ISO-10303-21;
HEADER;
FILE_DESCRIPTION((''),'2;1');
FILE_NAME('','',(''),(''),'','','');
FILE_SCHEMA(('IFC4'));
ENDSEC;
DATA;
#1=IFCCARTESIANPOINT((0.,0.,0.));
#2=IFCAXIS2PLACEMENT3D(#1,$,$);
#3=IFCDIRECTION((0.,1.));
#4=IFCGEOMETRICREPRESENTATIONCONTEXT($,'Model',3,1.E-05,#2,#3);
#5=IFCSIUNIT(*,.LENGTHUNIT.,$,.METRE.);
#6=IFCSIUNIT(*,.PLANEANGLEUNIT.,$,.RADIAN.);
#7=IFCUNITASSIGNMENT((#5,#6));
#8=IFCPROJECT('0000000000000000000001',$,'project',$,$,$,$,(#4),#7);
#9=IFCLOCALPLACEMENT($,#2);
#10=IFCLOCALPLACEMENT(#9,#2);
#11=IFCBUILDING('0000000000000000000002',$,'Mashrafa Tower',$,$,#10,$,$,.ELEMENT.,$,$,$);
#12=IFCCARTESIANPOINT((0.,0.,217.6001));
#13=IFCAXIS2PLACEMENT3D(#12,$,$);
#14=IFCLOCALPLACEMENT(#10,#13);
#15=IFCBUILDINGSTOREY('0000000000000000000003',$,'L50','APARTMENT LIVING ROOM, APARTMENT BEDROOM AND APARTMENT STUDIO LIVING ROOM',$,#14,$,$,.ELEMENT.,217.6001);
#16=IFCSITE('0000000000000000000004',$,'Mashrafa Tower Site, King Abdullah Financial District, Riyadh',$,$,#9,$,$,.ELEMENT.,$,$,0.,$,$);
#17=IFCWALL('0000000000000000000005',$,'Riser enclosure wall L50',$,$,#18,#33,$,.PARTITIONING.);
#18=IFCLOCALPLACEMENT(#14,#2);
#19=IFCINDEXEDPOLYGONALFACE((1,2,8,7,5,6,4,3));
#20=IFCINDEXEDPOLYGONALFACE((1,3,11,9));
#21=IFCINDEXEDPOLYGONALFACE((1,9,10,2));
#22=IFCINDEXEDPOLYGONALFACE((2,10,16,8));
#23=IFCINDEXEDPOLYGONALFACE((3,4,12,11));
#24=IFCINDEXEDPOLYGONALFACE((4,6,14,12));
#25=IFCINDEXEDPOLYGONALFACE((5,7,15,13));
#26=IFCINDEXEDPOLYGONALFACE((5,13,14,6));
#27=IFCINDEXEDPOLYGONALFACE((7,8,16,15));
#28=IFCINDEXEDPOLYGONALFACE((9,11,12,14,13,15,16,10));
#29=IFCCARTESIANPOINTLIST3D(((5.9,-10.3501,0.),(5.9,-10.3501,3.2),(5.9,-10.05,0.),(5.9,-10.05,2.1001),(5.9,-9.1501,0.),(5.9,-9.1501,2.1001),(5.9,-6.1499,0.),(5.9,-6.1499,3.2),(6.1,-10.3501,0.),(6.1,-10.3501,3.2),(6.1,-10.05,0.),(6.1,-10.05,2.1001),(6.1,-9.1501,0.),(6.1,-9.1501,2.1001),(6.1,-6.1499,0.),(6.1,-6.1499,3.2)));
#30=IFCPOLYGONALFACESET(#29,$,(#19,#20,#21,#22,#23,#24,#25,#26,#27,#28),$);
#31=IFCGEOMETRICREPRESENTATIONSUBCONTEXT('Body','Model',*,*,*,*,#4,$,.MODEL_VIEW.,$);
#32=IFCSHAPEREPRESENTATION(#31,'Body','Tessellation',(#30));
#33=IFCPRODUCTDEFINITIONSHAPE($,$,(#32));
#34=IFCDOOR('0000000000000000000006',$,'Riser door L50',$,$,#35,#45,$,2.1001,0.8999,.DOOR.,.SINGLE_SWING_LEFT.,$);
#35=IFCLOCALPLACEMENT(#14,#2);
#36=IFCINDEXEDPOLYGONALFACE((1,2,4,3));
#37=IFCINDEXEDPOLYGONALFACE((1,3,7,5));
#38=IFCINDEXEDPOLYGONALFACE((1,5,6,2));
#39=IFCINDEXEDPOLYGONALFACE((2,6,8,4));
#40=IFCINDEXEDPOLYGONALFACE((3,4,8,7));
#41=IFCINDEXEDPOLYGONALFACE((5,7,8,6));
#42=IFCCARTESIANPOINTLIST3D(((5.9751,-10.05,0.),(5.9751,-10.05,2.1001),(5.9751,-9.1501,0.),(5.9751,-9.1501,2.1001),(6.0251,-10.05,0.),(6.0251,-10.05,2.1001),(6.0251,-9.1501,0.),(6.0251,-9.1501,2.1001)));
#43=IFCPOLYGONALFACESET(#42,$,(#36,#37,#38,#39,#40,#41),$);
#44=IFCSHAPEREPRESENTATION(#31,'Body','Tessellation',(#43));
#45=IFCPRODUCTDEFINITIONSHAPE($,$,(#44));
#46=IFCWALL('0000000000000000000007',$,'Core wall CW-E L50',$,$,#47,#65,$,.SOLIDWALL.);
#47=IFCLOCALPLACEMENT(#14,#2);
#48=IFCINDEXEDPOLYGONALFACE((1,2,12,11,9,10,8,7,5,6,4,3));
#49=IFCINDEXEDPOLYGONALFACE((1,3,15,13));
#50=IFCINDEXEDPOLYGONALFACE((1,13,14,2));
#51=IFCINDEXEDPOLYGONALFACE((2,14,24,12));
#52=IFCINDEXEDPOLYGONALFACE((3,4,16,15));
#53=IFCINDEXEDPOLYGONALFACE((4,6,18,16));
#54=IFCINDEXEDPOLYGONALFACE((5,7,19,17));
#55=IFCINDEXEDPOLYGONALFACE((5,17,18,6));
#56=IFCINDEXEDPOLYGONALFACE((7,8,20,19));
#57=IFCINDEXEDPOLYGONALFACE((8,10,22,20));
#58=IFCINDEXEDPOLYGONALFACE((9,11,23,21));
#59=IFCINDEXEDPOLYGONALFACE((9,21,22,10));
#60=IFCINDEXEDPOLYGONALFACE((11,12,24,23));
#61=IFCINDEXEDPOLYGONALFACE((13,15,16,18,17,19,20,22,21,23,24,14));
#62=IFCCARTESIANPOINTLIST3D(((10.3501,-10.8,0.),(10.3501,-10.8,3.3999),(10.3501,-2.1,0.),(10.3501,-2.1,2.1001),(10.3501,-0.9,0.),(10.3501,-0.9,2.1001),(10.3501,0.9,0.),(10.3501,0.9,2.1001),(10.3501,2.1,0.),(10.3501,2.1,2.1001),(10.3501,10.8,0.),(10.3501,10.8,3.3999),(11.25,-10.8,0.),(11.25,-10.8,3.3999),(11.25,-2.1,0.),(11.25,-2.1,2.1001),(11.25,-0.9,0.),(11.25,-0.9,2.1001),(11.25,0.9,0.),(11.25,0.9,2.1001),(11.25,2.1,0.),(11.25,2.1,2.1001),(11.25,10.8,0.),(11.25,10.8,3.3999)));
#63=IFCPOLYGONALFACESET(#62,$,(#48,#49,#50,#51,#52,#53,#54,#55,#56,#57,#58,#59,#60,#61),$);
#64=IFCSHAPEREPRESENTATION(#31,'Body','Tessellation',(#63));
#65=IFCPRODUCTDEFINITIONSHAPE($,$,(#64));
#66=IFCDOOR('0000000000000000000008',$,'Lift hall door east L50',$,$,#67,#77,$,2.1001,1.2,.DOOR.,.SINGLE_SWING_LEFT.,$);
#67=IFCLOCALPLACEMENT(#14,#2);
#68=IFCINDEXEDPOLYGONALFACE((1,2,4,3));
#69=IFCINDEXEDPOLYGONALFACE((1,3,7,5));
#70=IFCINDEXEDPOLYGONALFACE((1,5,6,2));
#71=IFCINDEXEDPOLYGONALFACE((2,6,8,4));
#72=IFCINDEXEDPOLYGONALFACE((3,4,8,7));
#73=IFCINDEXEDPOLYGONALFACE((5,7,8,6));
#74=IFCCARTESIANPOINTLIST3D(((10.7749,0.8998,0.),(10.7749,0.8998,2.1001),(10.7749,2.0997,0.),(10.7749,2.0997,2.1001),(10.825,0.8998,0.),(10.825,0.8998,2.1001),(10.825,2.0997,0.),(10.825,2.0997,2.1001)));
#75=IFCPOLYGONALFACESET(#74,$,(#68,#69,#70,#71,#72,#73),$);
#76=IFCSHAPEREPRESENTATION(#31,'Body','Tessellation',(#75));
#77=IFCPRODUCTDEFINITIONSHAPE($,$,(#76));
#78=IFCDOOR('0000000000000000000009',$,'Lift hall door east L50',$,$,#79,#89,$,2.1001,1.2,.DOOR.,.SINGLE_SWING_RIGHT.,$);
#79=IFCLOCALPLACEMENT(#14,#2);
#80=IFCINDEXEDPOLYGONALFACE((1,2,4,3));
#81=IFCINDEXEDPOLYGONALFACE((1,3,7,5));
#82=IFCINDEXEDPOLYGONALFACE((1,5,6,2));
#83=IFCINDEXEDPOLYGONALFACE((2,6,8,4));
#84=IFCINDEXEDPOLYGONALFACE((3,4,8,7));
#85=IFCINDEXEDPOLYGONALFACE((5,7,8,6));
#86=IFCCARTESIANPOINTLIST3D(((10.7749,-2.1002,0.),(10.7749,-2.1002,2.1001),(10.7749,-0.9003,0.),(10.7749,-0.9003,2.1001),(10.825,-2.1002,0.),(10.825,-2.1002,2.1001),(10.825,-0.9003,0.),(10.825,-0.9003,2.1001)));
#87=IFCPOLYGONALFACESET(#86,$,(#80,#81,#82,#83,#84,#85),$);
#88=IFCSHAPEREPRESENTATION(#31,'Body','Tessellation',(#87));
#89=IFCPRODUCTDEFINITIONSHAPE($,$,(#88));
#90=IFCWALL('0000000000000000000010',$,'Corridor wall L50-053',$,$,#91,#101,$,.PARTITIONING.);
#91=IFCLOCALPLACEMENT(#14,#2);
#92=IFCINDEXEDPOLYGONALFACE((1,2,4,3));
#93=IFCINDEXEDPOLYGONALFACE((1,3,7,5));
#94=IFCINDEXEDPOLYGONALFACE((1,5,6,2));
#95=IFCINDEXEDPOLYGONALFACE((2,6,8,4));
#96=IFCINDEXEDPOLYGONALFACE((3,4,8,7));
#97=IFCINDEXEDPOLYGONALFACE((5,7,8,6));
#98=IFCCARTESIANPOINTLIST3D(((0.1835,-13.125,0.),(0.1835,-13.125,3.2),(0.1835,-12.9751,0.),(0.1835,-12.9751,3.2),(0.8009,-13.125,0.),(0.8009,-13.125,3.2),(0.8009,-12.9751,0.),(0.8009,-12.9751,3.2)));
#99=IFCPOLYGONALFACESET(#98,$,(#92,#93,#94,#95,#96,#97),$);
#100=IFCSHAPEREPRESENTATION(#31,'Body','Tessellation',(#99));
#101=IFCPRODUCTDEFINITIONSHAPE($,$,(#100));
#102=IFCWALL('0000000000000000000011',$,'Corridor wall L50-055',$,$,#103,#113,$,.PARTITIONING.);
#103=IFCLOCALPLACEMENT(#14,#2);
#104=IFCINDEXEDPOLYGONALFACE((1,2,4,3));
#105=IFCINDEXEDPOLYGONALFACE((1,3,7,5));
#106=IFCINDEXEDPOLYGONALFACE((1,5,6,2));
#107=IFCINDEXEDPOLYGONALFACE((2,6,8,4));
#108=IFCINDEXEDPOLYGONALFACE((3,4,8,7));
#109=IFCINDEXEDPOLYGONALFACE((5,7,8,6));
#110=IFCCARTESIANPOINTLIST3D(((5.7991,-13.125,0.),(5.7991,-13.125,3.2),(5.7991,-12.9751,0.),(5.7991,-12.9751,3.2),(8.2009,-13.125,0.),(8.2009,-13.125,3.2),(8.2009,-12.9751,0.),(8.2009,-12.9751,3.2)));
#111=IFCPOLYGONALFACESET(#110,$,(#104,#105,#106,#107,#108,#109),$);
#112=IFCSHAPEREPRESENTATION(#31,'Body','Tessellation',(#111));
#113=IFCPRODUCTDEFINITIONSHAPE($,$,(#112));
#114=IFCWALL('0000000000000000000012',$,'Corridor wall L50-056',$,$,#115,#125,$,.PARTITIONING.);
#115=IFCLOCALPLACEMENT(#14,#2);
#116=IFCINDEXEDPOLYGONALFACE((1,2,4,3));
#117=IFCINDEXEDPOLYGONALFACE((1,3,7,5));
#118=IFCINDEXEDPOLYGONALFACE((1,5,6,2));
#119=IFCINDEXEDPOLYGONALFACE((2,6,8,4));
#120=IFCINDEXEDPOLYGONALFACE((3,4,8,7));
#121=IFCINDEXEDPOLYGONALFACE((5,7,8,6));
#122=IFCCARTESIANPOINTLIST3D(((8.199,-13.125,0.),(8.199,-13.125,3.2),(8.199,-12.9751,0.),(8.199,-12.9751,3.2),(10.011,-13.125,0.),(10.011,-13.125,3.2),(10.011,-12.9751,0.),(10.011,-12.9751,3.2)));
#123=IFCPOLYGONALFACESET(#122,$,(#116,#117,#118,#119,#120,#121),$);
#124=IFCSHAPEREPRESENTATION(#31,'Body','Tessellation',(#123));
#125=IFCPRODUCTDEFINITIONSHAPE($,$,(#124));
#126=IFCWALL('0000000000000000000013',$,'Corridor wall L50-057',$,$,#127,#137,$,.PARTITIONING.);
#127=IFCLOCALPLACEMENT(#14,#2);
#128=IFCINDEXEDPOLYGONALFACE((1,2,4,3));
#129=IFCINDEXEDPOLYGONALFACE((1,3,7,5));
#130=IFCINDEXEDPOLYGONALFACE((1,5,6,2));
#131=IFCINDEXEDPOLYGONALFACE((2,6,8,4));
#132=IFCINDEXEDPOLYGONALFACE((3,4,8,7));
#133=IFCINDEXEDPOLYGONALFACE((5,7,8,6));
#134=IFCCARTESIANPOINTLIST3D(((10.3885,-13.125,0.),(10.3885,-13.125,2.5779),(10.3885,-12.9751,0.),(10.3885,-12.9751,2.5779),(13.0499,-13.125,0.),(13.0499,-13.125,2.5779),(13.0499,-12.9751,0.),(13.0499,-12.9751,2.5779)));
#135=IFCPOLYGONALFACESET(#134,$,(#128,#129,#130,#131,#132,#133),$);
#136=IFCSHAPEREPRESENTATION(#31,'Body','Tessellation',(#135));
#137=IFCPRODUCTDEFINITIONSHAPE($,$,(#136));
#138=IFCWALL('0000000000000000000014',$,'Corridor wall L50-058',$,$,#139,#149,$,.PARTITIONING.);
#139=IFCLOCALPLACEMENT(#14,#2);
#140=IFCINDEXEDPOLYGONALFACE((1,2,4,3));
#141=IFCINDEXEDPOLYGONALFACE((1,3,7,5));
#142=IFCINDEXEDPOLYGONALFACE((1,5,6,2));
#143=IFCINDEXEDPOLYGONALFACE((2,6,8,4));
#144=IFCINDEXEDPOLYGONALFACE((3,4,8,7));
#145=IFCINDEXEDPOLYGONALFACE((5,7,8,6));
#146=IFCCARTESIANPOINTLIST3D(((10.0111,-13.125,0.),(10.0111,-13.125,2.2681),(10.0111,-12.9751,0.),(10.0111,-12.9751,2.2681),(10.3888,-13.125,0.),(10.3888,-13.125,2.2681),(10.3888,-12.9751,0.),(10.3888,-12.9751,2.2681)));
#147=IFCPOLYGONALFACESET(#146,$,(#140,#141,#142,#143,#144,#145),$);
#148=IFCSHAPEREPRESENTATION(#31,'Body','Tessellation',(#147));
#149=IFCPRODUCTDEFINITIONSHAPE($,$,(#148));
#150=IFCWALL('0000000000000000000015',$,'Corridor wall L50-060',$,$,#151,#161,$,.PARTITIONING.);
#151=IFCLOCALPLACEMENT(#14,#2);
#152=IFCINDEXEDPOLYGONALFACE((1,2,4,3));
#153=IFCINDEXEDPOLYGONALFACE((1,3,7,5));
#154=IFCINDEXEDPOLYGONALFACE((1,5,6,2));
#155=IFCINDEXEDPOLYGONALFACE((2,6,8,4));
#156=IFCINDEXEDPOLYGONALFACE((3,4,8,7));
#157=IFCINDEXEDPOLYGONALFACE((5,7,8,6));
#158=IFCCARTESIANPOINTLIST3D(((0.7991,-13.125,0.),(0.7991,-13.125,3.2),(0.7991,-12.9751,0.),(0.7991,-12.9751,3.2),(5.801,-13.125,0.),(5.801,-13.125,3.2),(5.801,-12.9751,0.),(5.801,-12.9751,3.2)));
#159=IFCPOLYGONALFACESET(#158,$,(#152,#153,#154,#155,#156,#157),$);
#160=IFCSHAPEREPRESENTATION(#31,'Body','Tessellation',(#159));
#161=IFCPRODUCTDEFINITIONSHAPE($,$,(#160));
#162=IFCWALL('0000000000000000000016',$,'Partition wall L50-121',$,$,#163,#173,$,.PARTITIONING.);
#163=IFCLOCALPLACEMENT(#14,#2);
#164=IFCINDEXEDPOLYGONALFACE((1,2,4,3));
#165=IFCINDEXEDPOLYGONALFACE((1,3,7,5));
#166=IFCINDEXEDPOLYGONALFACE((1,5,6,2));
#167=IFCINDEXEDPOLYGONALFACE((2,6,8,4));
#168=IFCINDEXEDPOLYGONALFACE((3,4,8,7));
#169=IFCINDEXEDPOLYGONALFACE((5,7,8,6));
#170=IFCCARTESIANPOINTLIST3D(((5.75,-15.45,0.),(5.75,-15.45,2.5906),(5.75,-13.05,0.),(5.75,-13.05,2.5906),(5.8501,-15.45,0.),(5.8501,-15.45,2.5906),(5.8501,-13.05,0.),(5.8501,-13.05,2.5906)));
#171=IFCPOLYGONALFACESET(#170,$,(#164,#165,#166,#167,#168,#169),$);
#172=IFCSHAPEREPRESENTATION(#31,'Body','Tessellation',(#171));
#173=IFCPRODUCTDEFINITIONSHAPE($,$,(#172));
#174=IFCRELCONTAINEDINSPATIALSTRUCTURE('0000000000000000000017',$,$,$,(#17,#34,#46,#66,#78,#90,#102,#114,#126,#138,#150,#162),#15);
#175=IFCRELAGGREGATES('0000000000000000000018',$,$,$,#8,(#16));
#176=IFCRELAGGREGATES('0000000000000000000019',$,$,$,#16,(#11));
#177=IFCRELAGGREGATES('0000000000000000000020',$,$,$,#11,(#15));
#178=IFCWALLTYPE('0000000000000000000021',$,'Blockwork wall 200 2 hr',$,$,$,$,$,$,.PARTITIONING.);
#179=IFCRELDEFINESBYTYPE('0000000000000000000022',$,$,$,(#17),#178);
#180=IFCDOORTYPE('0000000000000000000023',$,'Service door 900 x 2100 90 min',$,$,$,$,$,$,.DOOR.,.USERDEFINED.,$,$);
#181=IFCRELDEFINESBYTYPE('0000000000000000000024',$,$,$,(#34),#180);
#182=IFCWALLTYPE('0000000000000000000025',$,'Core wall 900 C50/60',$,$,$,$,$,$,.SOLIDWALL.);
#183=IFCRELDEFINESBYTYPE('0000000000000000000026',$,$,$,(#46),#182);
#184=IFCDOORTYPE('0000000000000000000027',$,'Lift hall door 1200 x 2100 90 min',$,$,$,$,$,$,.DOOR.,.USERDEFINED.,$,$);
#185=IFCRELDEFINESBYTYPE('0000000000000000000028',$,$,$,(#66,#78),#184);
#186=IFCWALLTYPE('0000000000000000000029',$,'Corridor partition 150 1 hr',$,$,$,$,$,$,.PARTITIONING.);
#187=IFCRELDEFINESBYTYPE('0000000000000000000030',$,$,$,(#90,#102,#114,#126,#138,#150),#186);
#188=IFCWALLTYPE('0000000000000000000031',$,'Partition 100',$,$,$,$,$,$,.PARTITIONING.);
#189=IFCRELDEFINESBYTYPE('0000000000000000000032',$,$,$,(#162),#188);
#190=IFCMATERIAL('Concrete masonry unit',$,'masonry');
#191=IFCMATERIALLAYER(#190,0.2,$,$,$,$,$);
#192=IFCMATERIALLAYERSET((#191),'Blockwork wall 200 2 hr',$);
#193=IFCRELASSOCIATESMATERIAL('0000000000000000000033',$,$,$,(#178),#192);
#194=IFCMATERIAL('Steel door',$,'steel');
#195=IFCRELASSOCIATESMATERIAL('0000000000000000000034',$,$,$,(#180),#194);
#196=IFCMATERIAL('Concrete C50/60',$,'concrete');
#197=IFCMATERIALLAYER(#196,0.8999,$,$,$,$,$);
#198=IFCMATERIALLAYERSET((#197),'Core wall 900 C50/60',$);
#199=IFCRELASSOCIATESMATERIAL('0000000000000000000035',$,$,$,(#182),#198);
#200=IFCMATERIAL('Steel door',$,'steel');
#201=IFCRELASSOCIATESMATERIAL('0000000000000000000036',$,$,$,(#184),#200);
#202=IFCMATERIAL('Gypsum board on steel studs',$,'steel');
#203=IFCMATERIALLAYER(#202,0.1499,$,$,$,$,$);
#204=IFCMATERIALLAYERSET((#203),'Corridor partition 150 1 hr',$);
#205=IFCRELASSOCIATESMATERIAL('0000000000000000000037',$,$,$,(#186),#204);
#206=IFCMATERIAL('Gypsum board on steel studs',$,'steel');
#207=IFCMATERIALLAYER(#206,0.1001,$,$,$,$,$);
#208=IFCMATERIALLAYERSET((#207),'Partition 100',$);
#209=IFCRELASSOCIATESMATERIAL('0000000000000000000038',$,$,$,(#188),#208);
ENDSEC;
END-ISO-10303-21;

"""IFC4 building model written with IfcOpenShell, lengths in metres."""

from ifc_helpers import new_model, si_unit, direction, frame, frame_2d, origin, place, context, subcontext, project, spatial, rectangle, extrude, material, layer, layer_set, type_object, element, fill, save


model = new_model("IFC4")

# Units and contexts
model_context = context("Model", 3, precision=1e-05, world=origin(), true_north=direction((0.0, 1.0)))
body_context = subcontext(model_context, "Body", "Model", "MODEL_VIEW")
ifc_project = project(units=[si_unit("LENGTHUNIT", "METRE"), si_unit("PLANEANGLEUNIT", "RADIAN")], contexts=[model_context])

# Site, building, storey
site_placement = place(None, origin())
site = spatial("IfcSite", under=ifc_project, at=site_placement, Name="Mashrafa Tower Site, King Abdullah Financial District, Riyadh", CompositionType="ELEMENT", RefElevation=0.0)
building_placement = place(site_placement, origin())
building = spatial("IfcBuilding", under=site, at=building_placement, Name="Mashrafa Tower", CompositionType="ELEMENT")
storey_placement = place(building_placement, frame((0.0, 0.0, 217.6001)))
storey = spatial("IfcBuildingStorey", under=building, at=storey_placement, Name="L50", Description="APARTMENT LIVING ROOM, APARTMENT BEDROOM AND APARTMENT STUDIO LIVING ROOM", CompositionType="ELEMENT", Elevation=217.6001)

# Wall, opening, door
ifc_material_1 = material(Name="Concrete masonry unit", Category="masonry")
ifc_layer_1 = layer(ifc_material_1, 0.2)
ifc_layer_set_1 = layer_set([ifc_layer_1], Name="Blockwork wall 200 2 hr")
wall_type_1 = type_object("IfcWallType", Name="Blockwork wall 200 2 hr", PredefinedType="PARTITIONING", material=ifc_layer_set_1)
wall_1_placement = place(storey_placement, frame((6.0, -10.3501, 0.0), z_axis=(0.0, 0.0, 1.0), x_axis=(0.0, 1.0, 0.0)))
wall_1 = element("IfcWall", 1, at=wall_1_placement, inside=storey, type_object=wall_type_1, Name="Riser enclosure wall L50", PredefinedType="PARTITIONING", context=body_context, shape_type="SweptSolid", body=[
    extrude(rectangle(XDim=4.2002, YDim=0.2, at=frame_2d((2.1001, 0.0))), origin(), (0.0, 0.0, 1.0), 3.2),
])
opening_1_placement = place(wall_1_placement, frame((0.3, 0.0, 0.0)))
opening_1 = element("IfcOpeningElement", 2, at=opening_1_placement, cuts=wall_1, PredefinedType="OPENING", context=body_context, shape_type="SweptSolid", body=[
    extrude(rectangle(XDim=0.8999, YDim=2.1001, at=frame_2d((0.45, 1.05))), frame((0.0, 0.1099, 0.0), z_axis=(0.0, -1.0, 0.0), x_axis=(1.0, 0.0, 0.0)), (0.0, 0.0, 1.0), 0.22),
])
ifc_material_2 = material(Name="Steel door", Category="steel")
door_type_1 = type_object("IfcDoorType", Name="Service door 900 x 2100 90 min", OperationType="USERDEFINED", PredefinedType="DOOR", material=ifc_material_2)
door_1_placement = place(opening_1_placement, origin())
door_1 = element("IfcDoor", 3, at=door_1_placement, inside=storey, type_object=door_type_1, Name="Riser door L50", OperationType="SINGLE_SWING_LEFT", OverallHeight=2.1001, OverallWidth=0.8999, PredefinedType="DOOR", context=body_context, shape_type="SweptSolid", body=[
    extrude(rectangle(XDim=0.8999, YDim=2.1001, at=frame_2d((0.45, 1.05))), frame((0.0, 0.0249, 0.0), z_axis=(0.0, -1.0, 0.0), x_axis=(1.0, 0.0, 0.0)), (0.0, 0.0, 1.0), 0.05),
])
fill(opening_1, door_1)

# Wall, openings, doors
ifc_material_3 = material(Name="Concrete C50/60", Category="concrete")
ifc_layer_2 = layer(ifc_material_3, 0.8999)
ifc_layer_set_2 = layer_set([ifc_layer_2], Name="Core wall 900 C50/60")
wall_type_2 = type_object("IfcWallType", Name="Core wall 900 C50/60", PredefinedType="SOLIDWALL", material=ifc_layer_set_2)
wall_2_placement = place(storey_placement, frame((10.8, -10.8, 0.0), z_axis=(0.0, 0.0, 1.0), x_axis=(0.0, 1.0, 0.0)))
wall_2 = element("IfcWall", 4, at=wall_2_placement, inside=storey, type_object=wall_type_2, Name="Core wall CW-E L50", PredefinedType="SOLIDWALL", context=body_context, shape_type="SweptSolid", body=[
    extrude(rectangle(XDim=21.6001, YDim=0.8999, at=frame_2d((10.8, 0.0))), origin(), (0.0, 0.0, 1.0), 3.3999),
])
opening_2_placement = place(wall_2_placement, frame((11.7, 0.0, 0.0)))
opening_2 = element("IfcOpeningElement", 5, at=opening_2_placement, cuts=wall_2, PredefinedType="OPENING", context=body_context, shape_type="SweptSolid", body=[
    extrude(rectangle(XDim=1.2, YDim=2.1001, at=frame_2d((0.6001, 1.05))), frame((0.0, 0.46, 0.0), z_axis=(0.0, -1.0, 0.0), x_axis=(1.0, 0.0, 0.0)), (0.0, 0.0, 1.0), 0.9199),
])
opening_3_placement = place(wall_2_placement, frame((8.7, 0.0, 0.0)))
opening_3 = element("IfcOpeningElement", 6, at=opening_3_placement, cuts=wall_2, PredefinedType="OPENING", context=body_context, shape_type="SweptSolid", body=[
    extrude(rectangle(XDim=1.2, YDim=2.1001, at=frame_2d((0.6001, 1.05))), frame((0.0, 0.46, 0.0), z_axis=(0.0, -1.0, 0.0), x_axis=(1.0, 0.0, 0.0)), (0.0, 0.0, 1.0), 0.9199),
])
ifc_material_4 = material(Name="Steel door", Category="steel")
door_type_2 = type_object("IfcDoorType", Name="Lift hall door 1200 x 2100 90 min", OperationType="USERDEFINED", PredefinedType="DOOR", material=ifc_material_4)
door_2_placement = place(opening_2_placement, frame((1.2, 0.0, 0.0), z_axis=(0.0, 0.0, 1.0), x_axis=(-1.0, 0.0, 0.0)))
door_2 = element("IfcDoor", 7, at=door_2_placement, inside=storey, type_object=door_type_2, Name="Lift hall door east L50", OperationType="SINGLE_SWING_LEFT", OverallHeight=2.1001, OverallWidth=1.2, PredefinedType="DOOR", context=body_context, shape_type="SweptSolid", body=[
    extrude(rectangle(XDim=1.2, YDim=2.1001, at=frame_2d((0.6001, 1.05))), frame((0.0, 0.0249, 0.0), z_axis=(0.0, -1.0, 0.0), x_axis=(1.0, 0.0, 0.0)), (0.0, 0.0, 1.0), 0.05),
])
fill(opening_2, door_2)
door_3_placement = place(opening_3_placement, frame((1.2, 0.0, 0.0), z_axis=(0.0, 0.0, 1.0), x_axis=(-1.0, 0.0, 0.0)))
door_3 = element("IfcDoor", 8, at=door_3_placement, inside=storey, type_object=door_type_2, Name="Lift hall door east L50", OperationType="SINGLE_SWING_RIGHT", OverallHeight=2.1001, OverallWidth=1.2, PredefinedType="DOOR", context=body_context, shape_type="SweptSolid", body=[
    extrude(rectangle(XDim=1.2, YDim=2.1001, at=frame_2d((0.6001, 1.05))), frame((0.0, 0.0249, 0.0), z_axis=(0.0, -1.0, 0.0), x_axis=(1.0, 0.0, 0.0)), (0.0, 0.0, 1.0), 0.05),
])
fill(opening_3, door_3)

# Walls
ifc_material_5 = material(Name="Gypsum board on steel studs", Category="steel")
ifc_layer_3 = layer(ifc_material_5, 0.1499)
ifc_layer_set_3 = layer_set([ifc_layer_3], Name="Corridor partition 150 1 hr")
wall_type_3 = type_object("IfcWallType", Name="Corridor partition 150 1 hr", PredefinedType="PARTITIONING", material=ifc_layer_set_3)
wall_3_placement = place(storey_placement, frame((0.1836, -13.05, 0.0), z_axis=(0.0, 0.0, 1.0), x_axis=(1.0, 0.0, 0.0)))
element("IfcWall", 9, at=wall_3_placement, inside=storey, type_object=wall_type_3, Name="Corridor wall L50-053", PredefinedType="PARTITIONING", context=body_context, shape_type="SweptSolid", body=[
    extrude(rectangle(XDim=0.6174, YDim=0.1499, at=frame_2d((0.3086, 0.0))), origin(), (0.0, 0.0, 1.0), 3.2),
])
wall_4_placement = place(storey_placement, frame((5.7991, -13.05, 0.0), z_axis=(0.0, 0.0, 1.0), x_axis=(1.0, 0.0, 0.0)))
element("IfcWall", 10, at=wall_4_placement, inside=storey, type_object=wall_type_3, Name="Corridor wall L50-055", PredefinedType="PARTITIONING", context=body_context, shape_type="SweptSolid", body=[
    extrude(rectangle(XDim=2.4019, YDim=0.1499, at=frame_2d((1.2009, 0.0))), origin(), (0.0, 0.0, 1.0), 3.2),
])
wall_5_placement = place(storey_placement, frame((8.199, -13.05, 0.0), z_axis=(0.0, 0.0, 1.0), x_axis=(1.0, 0.0, 0.0)))
element("IfcWall", 11, at=wall_5_placement, inside=storey, type_object=wall_type_3, Name="Corridor wall L50-056", PredefinedType="PARTITIONING", context=body_context, shape_type="SweptSolid", body=[
    extrude(rectangle(XDim=1.812, YDim=0.1499, at=frame_2d((0.906, 0.0))), origin(), (0.0, 0.0, 1.0), 3.2),
])
wall_6_placement = place(storey_placement, frame((10.3887, -13.05, 0.0), z_axis=(0.0, 0.0, 1.0), x_axis=(1.0, 0.0, 0.0)))
element("IfcWall", 12, at=wall_6_placement, inside=storey, type_object=wall_type_3, Name="Corridor wall L50-057", PredefinedType="PARTITIONING", context=body_context, shape_type="SweptSolid", body=[
    extrude(rectangle(XDim=2.6614, YDim=0.1499, at=frame_2d((1.3306, 0.0))), origin(), (0.0, 0.0, 1.0), 2.5779),
])
wall_7_placement = place(storey_placement, frame((10.011, -13.05, 0.0), z_axis=(0.0, 0.0, 1.0), x_axis=(1.0, 0.0, 0.0)))
element("IfcWall", 13, at=wall_7_placement, inside=storey, type_object=wall_type_3, Name="Corridor wall L50-058", PredefinedType="PARTITIONING", context=body_context, shape_type="SweptSolid", body=[
    extrude(rectangle(XDim=0.3777, YDim=0.1499, at=frame_2d((0.189, 0.0))), origin(), (0.0, 0.0, 1.0), 2.2681),
])
wall_8_placement = place(storey_placement, frame((0.7991, -13.05, 0.0), z_axis=(0.0, 0.0, 1.0), x_axis=(1.0, 0.0, 0.0)))
element("IfcWall", 14, at=wall_8_placement, inside=storey, type_object=wall_type_3, Name="Corridor wall L50-060", PredefinedType="PARTITIONING", context=body_context, shape_type="SweptSolid", body=[
    extrude(rectangle(XDim=5.002, YDim=0.1499, at=frame_2d((2.501, 0.0))), origin(), (0.0, 0.0, 1.0), 3.2),
])
ifc_material_6 = material(Name="Gypsum board on steel studs", Category="steel")
ifc_layer_4 = layer(ifc_material_6, 0.1001)
ifc_layer_set_4 = layer_set([ifc_layer_4], Name="Partition 100")
wall_type_4 = type_object("IfcWallType", Name="Partition 100", PredefinedType="PARTITIONING", material=ifc_layer_set_4)
wall_9_placement = place(storey_placement, frame((5.8, -13.05, 0.0), z_axis=(0.0, 0.0, 1.0), x_axis=(0.0, -1.0, 0.0)))
element("IfcWall", 15, at=wall_9_placement, inside=storey, type_object=wall_type_4, Name="Partition wall L50-121", PredefinedType="PARTITIONING", context=body_context, shape_type="SweptSolid", body=[
    extrude(rectangle(XDim=2.3999, YDim=0.1001, at=frame_2d((1.2, 0.0))), origin(), (0.0, 0.0, 1.0), 2.5906),
])

save(model, "model.ifc")
